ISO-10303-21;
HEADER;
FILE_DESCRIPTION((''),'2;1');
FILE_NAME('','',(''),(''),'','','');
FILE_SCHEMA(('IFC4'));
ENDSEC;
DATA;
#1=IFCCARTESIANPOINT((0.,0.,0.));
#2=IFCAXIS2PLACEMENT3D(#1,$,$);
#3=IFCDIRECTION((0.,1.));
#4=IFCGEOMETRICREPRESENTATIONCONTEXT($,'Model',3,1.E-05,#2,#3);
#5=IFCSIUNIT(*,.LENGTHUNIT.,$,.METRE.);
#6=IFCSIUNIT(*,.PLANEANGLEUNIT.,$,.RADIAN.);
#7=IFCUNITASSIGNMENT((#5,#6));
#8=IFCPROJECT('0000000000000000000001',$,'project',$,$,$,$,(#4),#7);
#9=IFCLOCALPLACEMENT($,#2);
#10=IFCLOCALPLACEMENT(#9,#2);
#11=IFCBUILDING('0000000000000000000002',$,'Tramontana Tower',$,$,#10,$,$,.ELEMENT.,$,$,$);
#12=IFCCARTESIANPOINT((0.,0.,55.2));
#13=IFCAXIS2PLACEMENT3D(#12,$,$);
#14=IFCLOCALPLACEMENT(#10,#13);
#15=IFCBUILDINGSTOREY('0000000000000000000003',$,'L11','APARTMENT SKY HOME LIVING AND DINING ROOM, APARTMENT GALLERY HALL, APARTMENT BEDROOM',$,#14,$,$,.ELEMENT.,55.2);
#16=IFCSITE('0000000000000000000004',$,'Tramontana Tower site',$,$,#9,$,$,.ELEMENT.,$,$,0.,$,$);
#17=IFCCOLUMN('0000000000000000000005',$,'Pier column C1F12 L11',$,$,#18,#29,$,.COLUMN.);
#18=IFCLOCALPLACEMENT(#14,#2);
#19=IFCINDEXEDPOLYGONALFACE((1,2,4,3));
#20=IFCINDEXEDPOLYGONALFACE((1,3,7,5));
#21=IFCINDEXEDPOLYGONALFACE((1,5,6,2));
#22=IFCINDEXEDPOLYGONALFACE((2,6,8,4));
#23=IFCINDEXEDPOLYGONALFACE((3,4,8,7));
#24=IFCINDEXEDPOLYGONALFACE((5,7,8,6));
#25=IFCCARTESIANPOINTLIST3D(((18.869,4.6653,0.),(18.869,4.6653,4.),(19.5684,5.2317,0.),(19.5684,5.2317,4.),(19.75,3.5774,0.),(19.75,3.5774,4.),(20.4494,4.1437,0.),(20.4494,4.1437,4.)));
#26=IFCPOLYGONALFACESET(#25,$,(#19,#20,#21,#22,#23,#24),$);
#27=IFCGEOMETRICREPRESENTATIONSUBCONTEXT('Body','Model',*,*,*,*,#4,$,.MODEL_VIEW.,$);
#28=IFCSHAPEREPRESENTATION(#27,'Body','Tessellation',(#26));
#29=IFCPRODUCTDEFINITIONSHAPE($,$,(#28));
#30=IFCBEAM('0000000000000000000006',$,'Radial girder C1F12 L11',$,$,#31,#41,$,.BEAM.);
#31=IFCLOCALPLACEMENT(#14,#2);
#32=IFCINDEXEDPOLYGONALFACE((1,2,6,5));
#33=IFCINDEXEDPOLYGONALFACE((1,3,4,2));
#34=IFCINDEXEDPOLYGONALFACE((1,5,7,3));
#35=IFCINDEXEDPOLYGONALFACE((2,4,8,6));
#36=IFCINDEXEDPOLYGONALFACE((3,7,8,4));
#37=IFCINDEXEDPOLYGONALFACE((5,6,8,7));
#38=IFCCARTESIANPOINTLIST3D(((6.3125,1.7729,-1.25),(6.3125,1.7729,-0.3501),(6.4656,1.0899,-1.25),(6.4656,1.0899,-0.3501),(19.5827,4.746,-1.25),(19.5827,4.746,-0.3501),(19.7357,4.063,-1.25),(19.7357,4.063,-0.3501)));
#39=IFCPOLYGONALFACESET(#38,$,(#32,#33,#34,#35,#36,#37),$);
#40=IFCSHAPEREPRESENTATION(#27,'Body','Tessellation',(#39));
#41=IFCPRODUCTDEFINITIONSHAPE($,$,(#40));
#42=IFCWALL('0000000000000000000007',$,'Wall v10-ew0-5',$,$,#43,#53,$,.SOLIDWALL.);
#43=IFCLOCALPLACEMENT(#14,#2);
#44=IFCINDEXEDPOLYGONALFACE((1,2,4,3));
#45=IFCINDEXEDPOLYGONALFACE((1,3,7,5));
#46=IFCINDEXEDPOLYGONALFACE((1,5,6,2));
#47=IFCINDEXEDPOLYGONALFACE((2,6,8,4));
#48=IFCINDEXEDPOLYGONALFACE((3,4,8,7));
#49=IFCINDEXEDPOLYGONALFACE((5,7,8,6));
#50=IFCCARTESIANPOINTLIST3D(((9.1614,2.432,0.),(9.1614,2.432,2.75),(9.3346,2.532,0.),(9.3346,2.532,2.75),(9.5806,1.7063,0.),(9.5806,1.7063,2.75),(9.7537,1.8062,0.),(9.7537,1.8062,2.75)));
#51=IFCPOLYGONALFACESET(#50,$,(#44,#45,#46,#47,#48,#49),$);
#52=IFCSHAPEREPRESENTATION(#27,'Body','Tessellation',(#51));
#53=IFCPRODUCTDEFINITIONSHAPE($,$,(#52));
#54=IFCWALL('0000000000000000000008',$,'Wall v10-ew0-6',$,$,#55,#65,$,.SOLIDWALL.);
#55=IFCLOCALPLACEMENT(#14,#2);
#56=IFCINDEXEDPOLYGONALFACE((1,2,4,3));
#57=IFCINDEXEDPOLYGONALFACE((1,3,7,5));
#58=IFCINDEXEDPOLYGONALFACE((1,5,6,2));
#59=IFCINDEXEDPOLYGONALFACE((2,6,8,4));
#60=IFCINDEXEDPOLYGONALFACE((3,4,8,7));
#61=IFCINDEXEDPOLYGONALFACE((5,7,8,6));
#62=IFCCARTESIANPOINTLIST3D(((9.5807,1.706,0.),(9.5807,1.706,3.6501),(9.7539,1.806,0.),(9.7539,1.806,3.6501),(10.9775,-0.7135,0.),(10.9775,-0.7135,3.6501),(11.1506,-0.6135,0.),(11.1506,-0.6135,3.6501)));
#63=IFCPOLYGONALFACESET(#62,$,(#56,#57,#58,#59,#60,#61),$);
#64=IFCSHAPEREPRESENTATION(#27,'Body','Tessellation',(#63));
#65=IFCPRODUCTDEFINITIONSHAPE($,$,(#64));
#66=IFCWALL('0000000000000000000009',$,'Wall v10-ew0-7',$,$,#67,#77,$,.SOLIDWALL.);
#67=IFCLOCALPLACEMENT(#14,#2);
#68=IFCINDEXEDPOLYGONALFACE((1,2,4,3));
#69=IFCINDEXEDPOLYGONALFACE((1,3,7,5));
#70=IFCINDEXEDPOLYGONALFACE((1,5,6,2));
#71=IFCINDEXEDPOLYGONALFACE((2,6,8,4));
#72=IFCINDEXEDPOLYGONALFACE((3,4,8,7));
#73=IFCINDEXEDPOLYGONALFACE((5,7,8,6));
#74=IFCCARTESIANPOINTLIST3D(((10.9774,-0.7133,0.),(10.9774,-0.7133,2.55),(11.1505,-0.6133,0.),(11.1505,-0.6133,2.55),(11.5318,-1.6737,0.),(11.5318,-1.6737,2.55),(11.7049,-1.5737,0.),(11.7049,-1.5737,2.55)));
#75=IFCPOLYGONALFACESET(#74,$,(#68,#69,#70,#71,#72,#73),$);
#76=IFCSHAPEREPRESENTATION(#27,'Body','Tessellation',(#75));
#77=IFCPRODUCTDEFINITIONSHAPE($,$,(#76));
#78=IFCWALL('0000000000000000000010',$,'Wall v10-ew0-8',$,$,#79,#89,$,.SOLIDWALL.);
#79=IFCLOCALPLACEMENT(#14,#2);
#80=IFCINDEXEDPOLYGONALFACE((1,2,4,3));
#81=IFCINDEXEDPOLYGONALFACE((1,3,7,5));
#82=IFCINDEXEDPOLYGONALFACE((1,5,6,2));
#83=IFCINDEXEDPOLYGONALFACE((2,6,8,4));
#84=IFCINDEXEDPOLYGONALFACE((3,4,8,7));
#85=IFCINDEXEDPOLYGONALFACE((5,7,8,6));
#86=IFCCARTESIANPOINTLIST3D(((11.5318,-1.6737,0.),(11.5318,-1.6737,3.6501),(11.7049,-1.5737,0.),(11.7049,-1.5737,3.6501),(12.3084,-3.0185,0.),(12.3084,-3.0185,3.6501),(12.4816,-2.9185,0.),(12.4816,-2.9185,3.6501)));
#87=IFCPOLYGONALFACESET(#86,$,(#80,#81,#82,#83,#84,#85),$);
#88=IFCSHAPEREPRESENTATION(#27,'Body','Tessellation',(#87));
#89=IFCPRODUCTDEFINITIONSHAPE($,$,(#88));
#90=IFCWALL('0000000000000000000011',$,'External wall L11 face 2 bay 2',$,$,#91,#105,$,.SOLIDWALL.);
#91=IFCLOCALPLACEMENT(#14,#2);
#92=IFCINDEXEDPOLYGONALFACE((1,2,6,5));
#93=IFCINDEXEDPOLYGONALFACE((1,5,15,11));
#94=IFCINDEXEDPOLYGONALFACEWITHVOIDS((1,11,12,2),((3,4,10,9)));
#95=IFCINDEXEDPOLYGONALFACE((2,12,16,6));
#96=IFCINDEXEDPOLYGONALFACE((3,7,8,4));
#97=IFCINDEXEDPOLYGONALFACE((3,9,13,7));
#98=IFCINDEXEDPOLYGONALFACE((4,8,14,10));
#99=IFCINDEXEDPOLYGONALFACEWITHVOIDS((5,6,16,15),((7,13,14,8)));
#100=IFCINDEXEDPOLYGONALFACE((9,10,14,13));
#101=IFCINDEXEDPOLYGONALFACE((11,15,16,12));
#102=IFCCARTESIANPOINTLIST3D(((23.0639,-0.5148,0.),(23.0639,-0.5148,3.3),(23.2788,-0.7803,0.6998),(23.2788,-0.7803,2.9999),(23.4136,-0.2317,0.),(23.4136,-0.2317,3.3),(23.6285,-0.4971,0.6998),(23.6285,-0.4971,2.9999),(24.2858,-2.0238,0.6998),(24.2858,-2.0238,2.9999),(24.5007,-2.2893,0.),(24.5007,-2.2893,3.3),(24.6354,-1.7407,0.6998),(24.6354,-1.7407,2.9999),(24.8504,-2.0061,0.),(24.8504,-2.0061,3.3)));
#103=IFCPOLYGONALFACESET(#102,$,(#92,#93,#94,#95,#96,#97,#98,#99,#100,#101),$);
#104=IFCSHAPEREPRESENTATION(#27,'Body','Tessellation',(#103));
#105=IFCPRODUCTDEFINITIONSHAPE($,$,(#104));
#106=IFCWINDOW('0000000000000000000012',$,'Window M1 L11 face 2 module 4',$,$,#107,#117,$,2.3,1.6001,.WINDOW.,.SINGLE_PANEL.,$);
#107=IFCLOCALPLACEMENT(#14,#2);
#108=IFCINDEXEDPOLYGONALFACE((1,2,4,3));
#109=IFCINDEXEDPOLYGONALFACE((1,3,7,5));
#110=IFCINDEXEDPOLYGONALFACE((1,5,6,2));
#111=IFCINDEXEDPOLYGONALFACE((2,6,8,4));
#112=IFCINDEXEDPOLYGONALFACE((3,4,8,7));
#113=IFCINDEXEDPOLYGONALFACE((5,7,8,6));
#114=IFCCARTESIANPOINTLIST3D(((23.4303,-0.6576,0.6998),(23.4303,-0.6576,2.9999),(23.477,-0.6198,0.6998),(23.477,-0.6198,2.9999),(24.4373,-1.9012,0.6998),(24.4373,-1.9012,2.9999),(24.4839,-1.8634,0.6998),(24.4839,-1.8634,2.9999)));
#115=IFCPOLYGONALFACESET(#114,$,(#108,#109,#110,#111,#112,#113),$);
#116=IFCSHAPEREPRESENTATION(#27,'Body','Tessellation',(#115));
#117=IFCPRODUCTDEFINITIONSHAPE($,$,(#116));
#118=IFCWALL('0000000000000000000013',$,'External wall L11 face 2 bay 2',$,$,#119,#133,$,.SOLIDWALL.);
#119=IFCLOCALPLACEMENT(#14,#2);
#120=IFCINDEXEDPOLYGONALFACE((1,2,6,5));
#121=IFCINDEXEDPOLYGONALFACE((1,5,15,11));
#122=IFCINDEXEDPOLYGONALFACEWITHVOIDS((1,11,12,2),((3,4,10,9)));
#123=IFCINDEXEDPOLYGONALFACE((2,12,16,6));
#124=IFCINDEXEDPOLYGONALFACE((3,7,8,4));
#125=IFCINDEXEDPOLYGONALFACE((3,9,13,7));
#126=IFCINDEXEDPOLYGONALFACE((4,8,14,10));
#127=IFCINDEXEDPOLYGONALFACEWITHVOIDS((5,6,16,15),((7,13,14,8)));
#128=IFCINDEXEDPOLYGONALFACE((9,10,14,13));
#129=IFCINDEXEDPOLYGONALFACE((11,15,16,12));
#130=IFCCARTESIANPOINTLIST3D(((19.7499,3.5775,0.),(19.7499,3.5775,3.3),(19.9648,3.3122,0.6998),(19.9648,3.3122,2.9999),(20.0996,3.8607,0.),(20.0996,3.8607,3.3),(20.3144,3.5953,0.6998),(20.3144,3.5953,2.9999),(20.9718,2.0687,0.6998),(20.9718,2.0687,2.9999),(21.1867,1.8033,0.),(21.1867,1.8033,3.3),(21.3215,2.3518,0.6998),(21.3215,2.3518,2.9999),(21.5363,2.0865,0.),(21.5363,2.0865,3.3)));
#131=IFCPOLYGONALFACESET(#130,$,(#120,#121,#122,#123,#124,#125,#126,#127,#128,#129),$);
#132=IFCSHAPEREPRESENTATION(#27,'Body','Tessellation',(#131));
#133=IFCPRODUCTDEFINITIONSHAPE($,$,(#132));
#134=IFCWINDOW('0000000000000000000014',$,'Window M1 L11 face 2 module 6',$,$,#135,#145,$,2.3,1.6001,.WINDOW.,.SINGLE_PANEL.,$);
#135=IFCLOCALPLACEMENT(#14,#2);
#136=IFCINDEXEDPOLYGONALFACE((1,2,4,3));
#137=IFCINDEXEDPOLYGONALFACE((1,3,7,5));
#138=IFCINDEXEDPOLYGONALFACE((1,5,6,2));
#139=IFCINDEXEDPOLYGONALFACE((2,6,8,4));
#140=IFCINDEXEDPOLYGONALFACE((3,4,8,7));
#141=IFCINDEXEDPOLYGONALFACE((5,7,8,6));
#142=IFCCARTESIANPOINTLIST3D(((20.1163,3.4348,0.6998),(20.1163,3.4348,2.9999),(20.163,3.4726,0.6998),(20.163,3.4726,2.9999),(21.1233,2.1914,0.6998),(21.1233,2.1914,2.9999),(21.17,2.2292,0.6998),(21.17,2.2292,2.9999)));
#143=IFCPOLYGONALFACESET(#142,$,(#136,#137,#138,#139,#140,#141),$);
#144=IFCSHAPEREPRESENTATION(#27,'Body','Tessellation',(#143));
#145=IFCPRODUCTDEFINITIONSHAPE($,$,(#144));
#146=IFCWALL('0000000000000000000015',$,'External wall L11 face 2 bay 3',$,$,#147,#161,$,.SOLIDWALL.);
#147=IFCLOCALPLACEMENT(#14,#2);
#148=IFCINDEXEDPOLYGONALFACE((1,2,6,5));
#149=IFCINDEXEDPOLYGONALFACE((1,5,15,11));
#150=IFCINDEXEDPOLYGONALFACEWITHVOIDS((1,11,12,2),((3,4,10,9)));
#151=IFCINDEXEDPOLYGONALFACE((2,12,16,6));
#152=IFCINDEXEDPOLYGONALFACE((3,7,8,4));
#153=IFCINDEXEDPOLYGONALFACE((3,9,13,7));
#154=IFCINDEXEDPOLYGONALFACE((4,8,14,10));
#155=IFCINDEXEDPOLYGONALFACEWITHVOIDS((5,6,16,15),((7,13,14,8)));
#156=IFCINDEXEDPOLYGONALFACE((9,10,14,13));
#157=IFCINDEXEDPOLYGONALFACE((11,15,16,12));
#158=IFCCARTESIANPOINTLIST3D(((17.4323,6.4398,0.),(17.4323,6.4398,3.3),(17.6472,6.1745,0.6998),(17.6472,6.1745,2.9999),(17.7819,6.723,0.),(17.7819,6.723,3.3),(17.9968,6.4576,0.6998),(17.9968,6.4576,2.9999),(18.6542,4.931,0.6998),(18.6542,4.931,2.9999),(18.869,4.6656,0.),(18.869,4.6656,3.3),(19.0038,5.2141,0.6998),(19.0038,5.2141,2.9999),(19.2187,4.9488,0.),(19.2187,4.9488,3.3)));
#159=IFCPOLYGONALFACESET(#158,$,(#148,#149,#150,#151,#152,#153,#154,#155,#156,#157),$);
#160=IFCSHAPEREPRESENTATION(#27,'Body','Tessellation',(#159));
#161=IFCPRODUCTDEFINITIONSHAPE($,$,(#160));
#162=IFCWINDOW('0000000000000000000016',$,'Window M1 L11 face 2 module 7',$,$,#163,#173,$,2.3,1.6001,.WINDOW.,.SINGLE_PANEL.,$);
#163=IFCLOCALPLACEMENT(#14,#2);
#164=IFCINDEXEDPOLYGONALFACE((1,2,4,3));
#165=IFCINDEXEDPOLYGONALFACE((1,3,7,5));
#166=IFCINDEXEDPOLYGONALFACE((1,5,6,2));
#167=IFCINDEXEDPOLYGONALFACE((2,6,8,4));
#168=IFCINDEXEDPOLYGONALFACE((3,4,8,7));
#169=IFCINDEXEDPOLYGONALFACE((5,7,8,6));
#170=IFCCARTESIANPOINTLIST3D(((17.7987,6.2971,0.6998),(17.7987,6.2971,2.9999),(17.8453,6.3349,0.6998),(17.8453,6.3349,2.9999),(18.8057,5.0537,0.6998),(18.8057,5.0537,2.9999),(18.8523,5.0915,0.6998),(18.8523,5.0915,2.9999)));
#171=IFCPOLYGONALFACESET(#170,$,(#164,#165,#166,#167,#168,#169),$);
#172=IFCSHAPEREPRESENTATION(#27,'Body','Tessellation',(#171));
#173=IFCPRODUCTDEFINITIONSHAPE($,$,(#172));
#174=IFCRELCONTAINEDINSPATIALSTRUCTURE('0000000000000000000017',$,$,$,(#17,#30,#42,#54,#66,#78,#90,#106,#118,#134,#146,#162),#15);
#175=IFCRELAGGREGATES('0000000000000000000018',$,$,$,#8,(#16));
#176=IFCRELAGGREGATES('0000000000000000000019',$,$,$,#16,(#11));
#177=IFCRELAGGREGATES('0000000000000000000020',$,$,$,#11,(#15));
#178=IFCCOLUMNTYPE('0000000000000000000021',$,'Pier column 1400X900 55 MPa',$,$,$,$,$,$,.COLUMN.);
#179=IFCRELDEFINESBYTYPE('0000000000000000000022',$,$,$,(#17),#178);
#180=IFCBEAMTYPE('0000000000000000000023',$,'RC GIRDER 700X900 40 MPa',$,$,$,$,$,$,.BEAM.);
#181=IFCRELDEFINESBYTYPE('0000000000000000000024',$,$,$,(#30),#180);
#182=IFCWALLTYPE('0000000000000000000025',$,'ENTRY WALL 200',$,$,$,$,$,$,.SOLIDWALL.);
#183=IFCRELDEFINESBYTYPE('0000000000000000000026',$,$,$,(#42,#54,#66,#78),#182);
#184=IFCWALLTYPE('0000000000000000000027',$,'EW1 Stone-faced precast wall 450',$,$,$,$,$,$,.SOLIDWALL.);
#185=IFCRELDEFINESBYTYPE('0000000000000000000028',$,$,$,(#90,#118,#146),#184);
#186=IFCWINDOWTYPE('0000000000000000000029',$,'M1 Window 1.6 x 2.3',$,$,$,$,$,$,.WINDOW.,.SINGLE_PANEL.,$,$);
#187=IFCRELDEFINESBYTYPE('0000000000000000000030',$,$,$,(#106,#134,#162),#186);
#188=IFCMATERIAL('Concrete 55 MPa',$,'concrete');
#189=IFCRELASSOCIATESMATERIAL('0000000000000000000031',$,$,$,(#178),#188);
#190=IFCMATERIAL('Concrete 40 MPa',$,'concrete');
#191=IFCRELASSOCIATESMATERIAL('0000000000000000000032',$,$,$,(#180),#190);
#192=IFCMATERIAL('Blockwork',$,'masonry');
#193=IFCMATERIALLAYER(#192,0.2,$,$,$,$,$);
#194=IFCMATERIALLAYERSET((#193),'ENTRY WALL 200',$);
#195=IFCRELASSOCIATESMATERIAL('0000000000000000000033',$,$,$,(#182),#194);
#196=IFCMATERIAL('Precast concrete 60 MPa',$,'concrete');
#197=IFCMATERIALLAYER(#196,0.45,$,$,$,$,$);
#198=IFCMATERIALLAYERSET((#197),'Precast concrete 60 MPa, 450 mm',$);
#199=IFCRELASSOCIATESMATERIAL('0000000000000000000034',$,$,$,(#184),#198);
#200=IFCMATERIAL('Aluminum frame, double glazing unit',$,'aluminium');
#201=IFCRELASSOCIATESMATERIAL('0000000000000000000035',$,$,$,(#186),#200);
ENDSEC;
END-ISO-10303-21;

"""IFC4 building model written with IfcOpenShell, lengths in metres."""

from ifc_helpers import new_model, si_unit, direction, frame, frame_2d, origin, origin_2d, place, context, subcontext, project, spatial, rectangle, extrude, material, layer, layer_set, material_profile, profile_set, type_object, element, fill, save


model = new_model("IFC4")

# Units and contexts
model_context = context("Model", 3, precision=1e-05, world=origin(), true_north=direction((0.0, 1.0)))
body_context = subcontext(model_context, "Body", "Model", "MODEL_VIEW")
ifc_project = project(units=[si_unit("LENGTHUNIT", "METRE"), si_unit("PLANEANGLEUNIT", "RADIAN")], contexts=[model_context])

# Site, building, storey
site_placement = place(None, origin())
site = spatial("IfcSite", under=ifc_project, at=site_placement, Name="Tramontana Tower site", CompositionType="ELEMENT", RefElevation=0.0)
building_placement = place(site_placement, origin())
building = spatial("IfcBuilding", under=site, at=building_placement, Name="Tramontana Tower", CompositionType="ELEMENT")
storey_placement = place(building_placement, frame((0.0, 0.0, 55.2)))
storey = spatial("IfcBuildingStorey", under=building, at=storey_placement, Name="L11", Description="APARTMENT SKY HOME LIVING AND DINING ROOM, APARTMENT GALLERY HALL, APARTMENT BEDROOM", CompositionType="ELEMENT", Elevation=55.2)

# Column
ifc_material_1 = material(Name="Concrete 55 MPa", Category="concrete")
ifc_material_profile_1 = material_profile(ifc_material_1, rectangle(XDim=1.3999, YDim=0.8999, at=origin_2d()), Name="Pier column 1400X900 55 MPa")
ifc_profile_set_1 = profile_set([ifc_material_profile_1], Name="Concrete 55 MPa")
column_type = type_object("IfcColumnType", Name="Pier column 1400X900 55 MPa", PredefinedType="COLUMN", material=ifc_profile_set_1)
column_placement = place(storey_placement, frame((19.6592, 4.4045, 0.0), z_axis=(0.0, 0.0, 1.0), x_axis=(-0.62932, 0.777146, 0.0)))
element("IfcColumn", 1, at=column_placement, inside=storey, type_object=column_type, Name="Pier column C1F12 L11", PredefinedType="COLUMN", context=body_context, shape_type="SweptSolid", body=[
    extrude(rectangle(XDim=1.3999, YDim=0.8999, at=origin_2d()), origin(), (0.0, 0.0, 1.0), 4.0),
])

# Beam
ifc_material_2 = material(Name="Concrete 40 MPa", Category="concrete")
ifc_material_profile_2 = material_profile(ifc_material_2, rectangle(XDim=0.7, YDim=0.8999, at=origin_2d()), Name="RC GIRDER 700X900 40 MPa")
ifc_profile_set_2 = profile_set([ifc_material_profile_2], Name="Concrete 40 MPa")
beam_type = type_object("IfcBeamType", Name="RC GIRDER 700X900 40 MPa", PredefinedType="BEAM", material=ifc_profile_set_2)
beam_placement = place(storey_placement, frame((19.6592, 4.4045, -0.8), z_axis=(-0.975808, -0.21863, 0.0), x_axis=(0.21863, -0.975808, 0.0)))
element("IfcBeam", 2, at=beam_placement, inside=storey, type_object=beam_type, Name="Radial girder C1F12 L11", PredefinedType="BEAM", context=body_context, shape_type="SweptSolid", body=[
    extrude(rectangle(XDim=0.7, YDim=0.8999, at=origin_2d()), origin(), (0.0, 0.0, 1.0), 13.5991),
])

# Walls
ifc_material_3 = material(Name="Blockwork", Category="masonry")
ifc_layer_1 = layer(ifc_material_3, 0.2)
ifc_layer_set_1 = layer_set([ifc_layer_1], Name="ENTRY WALL 200")
wall_type_1 = type_object("IfcWallType", Name="ENTRY WALL 200", PredefinedType="SOLIDWALL", material=ifc_layer_set_1)
wall_1_placement = place(storey_placement, frame((9.248, 2.4819, 0.0), z_axis=(0.0, 0.0, 1.0), x_axis=(0.500117, -0.865958, 0.0)))
element("IfcWall", 3, at=wall_1_placement, inside=storey, type_object=wall_type_1, Name="Wall v10-ew0-5", PredefinedType="SOLIDWALL", context=body_context, shape_type="SweptSolid", body=[
    extrude(rectangle(XDim=0.8381, YDim=0.2, at=frame_2d((0.4189, 0.0))), origin(), (0.0, 0.0, 1.0), 2.75),
])
wall_2_placement = place(storey_placement, frame((9.6672, 1.7561, 0.0), z_axis=(0.0, 0.0, 1.0), x_axis=(0.499965, -0.866046, 0.0)))
element("IfcWall", 4, at=wall_2_placement, inside=storey, type_object=wall_type_1, Name="Wall v10-ew0-6", PredefinedType="SOLIDWALL", context=body_context, shape_type="SweptSolid", body=[
    extrude(rectangle(XDim=2.7937, YDim=0.2, at=frame_2d((1.397, 0.0))), origin(), (0.0, 0.0, 1.0), 3.6501),
])
wall_3_placement = place(storey_placement, frame((11.064, -0.6633, 0.0), z_axis=(0.0, 0.0, 1.0), x_axis=(0.499951, -0.866054, 0.0)))
element("IfcWall", 5, at=wall_3_placement, inside=storey, type_object=wall_type_1, Name="Wall v10-ew0-7", PredefinedType="SOLIDWALL", context=body_context, shape_type="SweptSolid", body=[
    extrude(rectangle(XDim=1.1089, YDim=0.2, at=frame_2d((0.5544, 0.0))), origin(), (0.0, 0.0, 1.0), 2.55),
])
wall_4_placement = place(storey_placement, frame((11.6184, -1.6238, 0.0), z_axis=(0.0, 0.0, 1.0), x_axis=(0.500113, -0.86596, 0.0)))
element("IfcWall", 6, at=wall_4_placement, inside=storey, type_object=wall_type_1, Name="Wall v10-ew0-8", PredefinedType="SOLIDWALL", context=body_context, shape_type="SweptSolid", body=[
    extrude(rectangle(XDim=1.553, YDim=0.2, at=frame_2d((0.7764, 0.0))), origin(), (0.0, 0.0, 1.0), 3.6501),
])

# Walls, openings, windows
ifc_material_4 = material(Name="Precast concrete 60 MPa", Category="concrete")
ifc_layer_2 = layer(ifc_material_4, 0.45)
ifc_layer_set_2 = layer_set([ifc_layer_2], Name="Precast concrete 60 MPa, 450 mm")
wall_type_2 = type_object("IfcWallType", Name="EW1 Stone-faced precast wall 450", PredefinedType="SOLIDWALL", material=ifc_layer_set_2)
wall_5_placement = place(storey_placement, frame((24.6755, -2.1477, 0.0), z_axis=(0.0, 0.0, 1.0), x_axis=(-0.629287, 0.777173, 0.0)))
wall_5 = element("IfcWall", 7, at=wall_5_placement, inside=storey, type_object=wall_type_2, Name="External wall L11 face 2 bay 2", PredefinedType="SOLIDWALL", context=body_context, shape_type="SweptSolid", body=[
    extrude(rectangle(XDim=2.2832, YDim=0.45, at=frame_2d((1.1416, 0.0))), origin(), (0.0, 0.0, 1.0), 3.3),
])
opening_1_placement = place(wall_5_placement, frame((0.3416, 0.0, 0.7)))
opening_1 = element("IfcOpeningElement", 8, at=opening_1_placement, cuts=wall_5, PredefinedType="OPENING", context=body_context, shape_type="SweptSolid", body=[
    extrude(rectangle(XDim=1.6001, YDim=2.3, at=frame_2d((0.8, 1.1499))), frame((0.0, 0.2349, 0.0), z_axis=(0.0, -1.0, 0.0), x_axis=(1.0, 0.0, 0.0)), (0.0, 0.0, 1.0), 0.47),
])
ifc_material_5 = material(Name="Aluminum frame, double glazing unit", Category="aluminium")
window_type = type_object("IfcWindowType", Name="M1 Window 1.6 x 2.3", PartitioningType="SINGLE_PANEL", PredefinedType="WINDOW", material=ifc_material_5)
window_1_placement = place(opening_1_placement, origin())
window_1 = element("IfcWindow", 9, at=window_1_placement, inside=storey, type_object=window_type, Name="Window M1 L11 face 2 module 4", OverallHeight=2.3, OverallWidth=1.6001, PartitioningType="SINGLE_PANEL", PredefinedType="WINDOW", context=body_context, shape_type="SweptSolid", body=[
    extrude(rectangle(XDim=1.6001, YDim=2.3, at=frame_2d((0.8, 1.1499))), frame((0.0, 0.03, 0.0), z_axis=(0.0, -1.0, 0.0), x_axis=(1.0, 0.0, 0.0)), (0.0, 0.0, 1.0), 0.0601),
])
fill(opening_1, window_1)
wall_6_placement = place(storey_placement, frame((21.3616, 1.9448, 0.0), z_axis=(0.0, 0.0, 1.0), x_axis=(-0.62934, 0.77713, 0.0)))
wall_6 = element("IfcWall", 10, at=wall_6_placement, inside=storey, type_object=wall_type_2, Name="External wall L11 face 2 bay 2", PredefinedType="SOLIDWALL", context=body_context, shape_type="SweptSolid", body=[
    extrude(rectangle(XDim=2.283, YDim=0.45, at=frame_2d((1.1416, 0.0))), origin(), (0.0, 0.0, 1.0), 3.3),
])
opening_2_placement = place(wall_6_placement, frame((0.3416, 0.0, 0.7)))
opening_2 = element("IfcOpeningElement", 11, at=opening_2_placement, cuts=wall_6, PredefinedType="OPENING", context=body_context, shape_type="SweptSolid", body=[
    extrude(rectangle(XDim=1.6001, YDim=2.3, at=frame_2d((0.8, 1.1499))), frame((0.0, 0.2349, 0.0), z_axis=(0.0, -1.0, 0.0), x_axis=(1.0, 0.0, 0.0)), (0.0, 0.0, 1.0), 0.47),
])
window_2_placement = place(opening_2_placement, origin())
window_2 = element("IfcWindow", 12, at=window_2_placement, inside=storey, type_object=window_type, Name="Window M1 L11 face 2 module 6", OverallHeight=2.3, OverallWidth=1.6001, PartitioningType="SINGLE_PANEL", PredefinedType="WINDOW", context=body_context, shape_type="SweptSolid", body=[
    extrude(rectangle(XDim=1.6001, YDim=2.3, at=frame_2d((0.8, 1.1499))), frame((0.0, 0.03, 0.0), z_axis=(0.0, -1.0, 0.0), x_axis=(1.0, 0.0, 0.0)), (0.0, 0.0, 1.0), 0.0601),
])
fill(opening_2, window_2)
wall_7_placement = place(storey_placement, frame((19.0439, 4.8071, 0.0), z_axis=(0.0, 0.0, 1.0), x_axis=(-0.62934, 0.77713, 0.0)))
wall_7 = element("IfcWall", 13, at=wall_7_placement, inside=storey, type_object=wall_type_2, Name="External wall L11 face 2 bay 3", PredefinedType="SOLIDWALL", context=body_context, shape_type="SweptSolid", body=[
    extrude(rectangle(XDim=2.283, YDim=0.45, at=frame_2d((1.1416, 0.0))), origin(), (0.0, 0.0, 1.0), 3.3),
])
opening_3_placement = place(wall_7_placement, frame((0.3416, 0.0, 0.7)))
opening_3 = element("IfcOpeningElement", 14, at=opening_3_placement, cuts=wall_7, PredefinedType="OPENING", context=body_context, shape_type="SweptSolid", body=[
    extrude(rectangle(XDim=1.6001, YDim=2.3, at=frame_2d((0.8, 1.1499))), frame((0.0, 0.2349, 0.0), z_axis=(0.0, -1.0, 0.0), x_axis=(1.0, 0.0, 0.0)), (0.0, 0.0, 1.0), 0.47),
])
window_3_placement = place(opening_3_placement, origin())
window_3 = element("IfcWindow", 15, at=window_3_placement, inside=storey, type_object=window_type, Name="Window M1 L11 face 2 module 7", OverallHeight=2.3, OverallWidth=1.6001, PartitioningType="SINGLE_PANEL", PredefinedType="WINDOW", context=body_context, shape_type="SweptSolid", body=[
    extrude(rectangle(XDim=1.6001, YDim=2.3, at=frame_2d((0.8, 1.1499))), frame((0.0, 0.03, 0.0), z_axis=(0.0, -1.0, 0.0), x_axis=(1.0, 0.0, 0.0)), (0.0, 0.0, 1.0), 0.0601),
])
fill(opening_3, window_3)

save(model, "model.ifc")
